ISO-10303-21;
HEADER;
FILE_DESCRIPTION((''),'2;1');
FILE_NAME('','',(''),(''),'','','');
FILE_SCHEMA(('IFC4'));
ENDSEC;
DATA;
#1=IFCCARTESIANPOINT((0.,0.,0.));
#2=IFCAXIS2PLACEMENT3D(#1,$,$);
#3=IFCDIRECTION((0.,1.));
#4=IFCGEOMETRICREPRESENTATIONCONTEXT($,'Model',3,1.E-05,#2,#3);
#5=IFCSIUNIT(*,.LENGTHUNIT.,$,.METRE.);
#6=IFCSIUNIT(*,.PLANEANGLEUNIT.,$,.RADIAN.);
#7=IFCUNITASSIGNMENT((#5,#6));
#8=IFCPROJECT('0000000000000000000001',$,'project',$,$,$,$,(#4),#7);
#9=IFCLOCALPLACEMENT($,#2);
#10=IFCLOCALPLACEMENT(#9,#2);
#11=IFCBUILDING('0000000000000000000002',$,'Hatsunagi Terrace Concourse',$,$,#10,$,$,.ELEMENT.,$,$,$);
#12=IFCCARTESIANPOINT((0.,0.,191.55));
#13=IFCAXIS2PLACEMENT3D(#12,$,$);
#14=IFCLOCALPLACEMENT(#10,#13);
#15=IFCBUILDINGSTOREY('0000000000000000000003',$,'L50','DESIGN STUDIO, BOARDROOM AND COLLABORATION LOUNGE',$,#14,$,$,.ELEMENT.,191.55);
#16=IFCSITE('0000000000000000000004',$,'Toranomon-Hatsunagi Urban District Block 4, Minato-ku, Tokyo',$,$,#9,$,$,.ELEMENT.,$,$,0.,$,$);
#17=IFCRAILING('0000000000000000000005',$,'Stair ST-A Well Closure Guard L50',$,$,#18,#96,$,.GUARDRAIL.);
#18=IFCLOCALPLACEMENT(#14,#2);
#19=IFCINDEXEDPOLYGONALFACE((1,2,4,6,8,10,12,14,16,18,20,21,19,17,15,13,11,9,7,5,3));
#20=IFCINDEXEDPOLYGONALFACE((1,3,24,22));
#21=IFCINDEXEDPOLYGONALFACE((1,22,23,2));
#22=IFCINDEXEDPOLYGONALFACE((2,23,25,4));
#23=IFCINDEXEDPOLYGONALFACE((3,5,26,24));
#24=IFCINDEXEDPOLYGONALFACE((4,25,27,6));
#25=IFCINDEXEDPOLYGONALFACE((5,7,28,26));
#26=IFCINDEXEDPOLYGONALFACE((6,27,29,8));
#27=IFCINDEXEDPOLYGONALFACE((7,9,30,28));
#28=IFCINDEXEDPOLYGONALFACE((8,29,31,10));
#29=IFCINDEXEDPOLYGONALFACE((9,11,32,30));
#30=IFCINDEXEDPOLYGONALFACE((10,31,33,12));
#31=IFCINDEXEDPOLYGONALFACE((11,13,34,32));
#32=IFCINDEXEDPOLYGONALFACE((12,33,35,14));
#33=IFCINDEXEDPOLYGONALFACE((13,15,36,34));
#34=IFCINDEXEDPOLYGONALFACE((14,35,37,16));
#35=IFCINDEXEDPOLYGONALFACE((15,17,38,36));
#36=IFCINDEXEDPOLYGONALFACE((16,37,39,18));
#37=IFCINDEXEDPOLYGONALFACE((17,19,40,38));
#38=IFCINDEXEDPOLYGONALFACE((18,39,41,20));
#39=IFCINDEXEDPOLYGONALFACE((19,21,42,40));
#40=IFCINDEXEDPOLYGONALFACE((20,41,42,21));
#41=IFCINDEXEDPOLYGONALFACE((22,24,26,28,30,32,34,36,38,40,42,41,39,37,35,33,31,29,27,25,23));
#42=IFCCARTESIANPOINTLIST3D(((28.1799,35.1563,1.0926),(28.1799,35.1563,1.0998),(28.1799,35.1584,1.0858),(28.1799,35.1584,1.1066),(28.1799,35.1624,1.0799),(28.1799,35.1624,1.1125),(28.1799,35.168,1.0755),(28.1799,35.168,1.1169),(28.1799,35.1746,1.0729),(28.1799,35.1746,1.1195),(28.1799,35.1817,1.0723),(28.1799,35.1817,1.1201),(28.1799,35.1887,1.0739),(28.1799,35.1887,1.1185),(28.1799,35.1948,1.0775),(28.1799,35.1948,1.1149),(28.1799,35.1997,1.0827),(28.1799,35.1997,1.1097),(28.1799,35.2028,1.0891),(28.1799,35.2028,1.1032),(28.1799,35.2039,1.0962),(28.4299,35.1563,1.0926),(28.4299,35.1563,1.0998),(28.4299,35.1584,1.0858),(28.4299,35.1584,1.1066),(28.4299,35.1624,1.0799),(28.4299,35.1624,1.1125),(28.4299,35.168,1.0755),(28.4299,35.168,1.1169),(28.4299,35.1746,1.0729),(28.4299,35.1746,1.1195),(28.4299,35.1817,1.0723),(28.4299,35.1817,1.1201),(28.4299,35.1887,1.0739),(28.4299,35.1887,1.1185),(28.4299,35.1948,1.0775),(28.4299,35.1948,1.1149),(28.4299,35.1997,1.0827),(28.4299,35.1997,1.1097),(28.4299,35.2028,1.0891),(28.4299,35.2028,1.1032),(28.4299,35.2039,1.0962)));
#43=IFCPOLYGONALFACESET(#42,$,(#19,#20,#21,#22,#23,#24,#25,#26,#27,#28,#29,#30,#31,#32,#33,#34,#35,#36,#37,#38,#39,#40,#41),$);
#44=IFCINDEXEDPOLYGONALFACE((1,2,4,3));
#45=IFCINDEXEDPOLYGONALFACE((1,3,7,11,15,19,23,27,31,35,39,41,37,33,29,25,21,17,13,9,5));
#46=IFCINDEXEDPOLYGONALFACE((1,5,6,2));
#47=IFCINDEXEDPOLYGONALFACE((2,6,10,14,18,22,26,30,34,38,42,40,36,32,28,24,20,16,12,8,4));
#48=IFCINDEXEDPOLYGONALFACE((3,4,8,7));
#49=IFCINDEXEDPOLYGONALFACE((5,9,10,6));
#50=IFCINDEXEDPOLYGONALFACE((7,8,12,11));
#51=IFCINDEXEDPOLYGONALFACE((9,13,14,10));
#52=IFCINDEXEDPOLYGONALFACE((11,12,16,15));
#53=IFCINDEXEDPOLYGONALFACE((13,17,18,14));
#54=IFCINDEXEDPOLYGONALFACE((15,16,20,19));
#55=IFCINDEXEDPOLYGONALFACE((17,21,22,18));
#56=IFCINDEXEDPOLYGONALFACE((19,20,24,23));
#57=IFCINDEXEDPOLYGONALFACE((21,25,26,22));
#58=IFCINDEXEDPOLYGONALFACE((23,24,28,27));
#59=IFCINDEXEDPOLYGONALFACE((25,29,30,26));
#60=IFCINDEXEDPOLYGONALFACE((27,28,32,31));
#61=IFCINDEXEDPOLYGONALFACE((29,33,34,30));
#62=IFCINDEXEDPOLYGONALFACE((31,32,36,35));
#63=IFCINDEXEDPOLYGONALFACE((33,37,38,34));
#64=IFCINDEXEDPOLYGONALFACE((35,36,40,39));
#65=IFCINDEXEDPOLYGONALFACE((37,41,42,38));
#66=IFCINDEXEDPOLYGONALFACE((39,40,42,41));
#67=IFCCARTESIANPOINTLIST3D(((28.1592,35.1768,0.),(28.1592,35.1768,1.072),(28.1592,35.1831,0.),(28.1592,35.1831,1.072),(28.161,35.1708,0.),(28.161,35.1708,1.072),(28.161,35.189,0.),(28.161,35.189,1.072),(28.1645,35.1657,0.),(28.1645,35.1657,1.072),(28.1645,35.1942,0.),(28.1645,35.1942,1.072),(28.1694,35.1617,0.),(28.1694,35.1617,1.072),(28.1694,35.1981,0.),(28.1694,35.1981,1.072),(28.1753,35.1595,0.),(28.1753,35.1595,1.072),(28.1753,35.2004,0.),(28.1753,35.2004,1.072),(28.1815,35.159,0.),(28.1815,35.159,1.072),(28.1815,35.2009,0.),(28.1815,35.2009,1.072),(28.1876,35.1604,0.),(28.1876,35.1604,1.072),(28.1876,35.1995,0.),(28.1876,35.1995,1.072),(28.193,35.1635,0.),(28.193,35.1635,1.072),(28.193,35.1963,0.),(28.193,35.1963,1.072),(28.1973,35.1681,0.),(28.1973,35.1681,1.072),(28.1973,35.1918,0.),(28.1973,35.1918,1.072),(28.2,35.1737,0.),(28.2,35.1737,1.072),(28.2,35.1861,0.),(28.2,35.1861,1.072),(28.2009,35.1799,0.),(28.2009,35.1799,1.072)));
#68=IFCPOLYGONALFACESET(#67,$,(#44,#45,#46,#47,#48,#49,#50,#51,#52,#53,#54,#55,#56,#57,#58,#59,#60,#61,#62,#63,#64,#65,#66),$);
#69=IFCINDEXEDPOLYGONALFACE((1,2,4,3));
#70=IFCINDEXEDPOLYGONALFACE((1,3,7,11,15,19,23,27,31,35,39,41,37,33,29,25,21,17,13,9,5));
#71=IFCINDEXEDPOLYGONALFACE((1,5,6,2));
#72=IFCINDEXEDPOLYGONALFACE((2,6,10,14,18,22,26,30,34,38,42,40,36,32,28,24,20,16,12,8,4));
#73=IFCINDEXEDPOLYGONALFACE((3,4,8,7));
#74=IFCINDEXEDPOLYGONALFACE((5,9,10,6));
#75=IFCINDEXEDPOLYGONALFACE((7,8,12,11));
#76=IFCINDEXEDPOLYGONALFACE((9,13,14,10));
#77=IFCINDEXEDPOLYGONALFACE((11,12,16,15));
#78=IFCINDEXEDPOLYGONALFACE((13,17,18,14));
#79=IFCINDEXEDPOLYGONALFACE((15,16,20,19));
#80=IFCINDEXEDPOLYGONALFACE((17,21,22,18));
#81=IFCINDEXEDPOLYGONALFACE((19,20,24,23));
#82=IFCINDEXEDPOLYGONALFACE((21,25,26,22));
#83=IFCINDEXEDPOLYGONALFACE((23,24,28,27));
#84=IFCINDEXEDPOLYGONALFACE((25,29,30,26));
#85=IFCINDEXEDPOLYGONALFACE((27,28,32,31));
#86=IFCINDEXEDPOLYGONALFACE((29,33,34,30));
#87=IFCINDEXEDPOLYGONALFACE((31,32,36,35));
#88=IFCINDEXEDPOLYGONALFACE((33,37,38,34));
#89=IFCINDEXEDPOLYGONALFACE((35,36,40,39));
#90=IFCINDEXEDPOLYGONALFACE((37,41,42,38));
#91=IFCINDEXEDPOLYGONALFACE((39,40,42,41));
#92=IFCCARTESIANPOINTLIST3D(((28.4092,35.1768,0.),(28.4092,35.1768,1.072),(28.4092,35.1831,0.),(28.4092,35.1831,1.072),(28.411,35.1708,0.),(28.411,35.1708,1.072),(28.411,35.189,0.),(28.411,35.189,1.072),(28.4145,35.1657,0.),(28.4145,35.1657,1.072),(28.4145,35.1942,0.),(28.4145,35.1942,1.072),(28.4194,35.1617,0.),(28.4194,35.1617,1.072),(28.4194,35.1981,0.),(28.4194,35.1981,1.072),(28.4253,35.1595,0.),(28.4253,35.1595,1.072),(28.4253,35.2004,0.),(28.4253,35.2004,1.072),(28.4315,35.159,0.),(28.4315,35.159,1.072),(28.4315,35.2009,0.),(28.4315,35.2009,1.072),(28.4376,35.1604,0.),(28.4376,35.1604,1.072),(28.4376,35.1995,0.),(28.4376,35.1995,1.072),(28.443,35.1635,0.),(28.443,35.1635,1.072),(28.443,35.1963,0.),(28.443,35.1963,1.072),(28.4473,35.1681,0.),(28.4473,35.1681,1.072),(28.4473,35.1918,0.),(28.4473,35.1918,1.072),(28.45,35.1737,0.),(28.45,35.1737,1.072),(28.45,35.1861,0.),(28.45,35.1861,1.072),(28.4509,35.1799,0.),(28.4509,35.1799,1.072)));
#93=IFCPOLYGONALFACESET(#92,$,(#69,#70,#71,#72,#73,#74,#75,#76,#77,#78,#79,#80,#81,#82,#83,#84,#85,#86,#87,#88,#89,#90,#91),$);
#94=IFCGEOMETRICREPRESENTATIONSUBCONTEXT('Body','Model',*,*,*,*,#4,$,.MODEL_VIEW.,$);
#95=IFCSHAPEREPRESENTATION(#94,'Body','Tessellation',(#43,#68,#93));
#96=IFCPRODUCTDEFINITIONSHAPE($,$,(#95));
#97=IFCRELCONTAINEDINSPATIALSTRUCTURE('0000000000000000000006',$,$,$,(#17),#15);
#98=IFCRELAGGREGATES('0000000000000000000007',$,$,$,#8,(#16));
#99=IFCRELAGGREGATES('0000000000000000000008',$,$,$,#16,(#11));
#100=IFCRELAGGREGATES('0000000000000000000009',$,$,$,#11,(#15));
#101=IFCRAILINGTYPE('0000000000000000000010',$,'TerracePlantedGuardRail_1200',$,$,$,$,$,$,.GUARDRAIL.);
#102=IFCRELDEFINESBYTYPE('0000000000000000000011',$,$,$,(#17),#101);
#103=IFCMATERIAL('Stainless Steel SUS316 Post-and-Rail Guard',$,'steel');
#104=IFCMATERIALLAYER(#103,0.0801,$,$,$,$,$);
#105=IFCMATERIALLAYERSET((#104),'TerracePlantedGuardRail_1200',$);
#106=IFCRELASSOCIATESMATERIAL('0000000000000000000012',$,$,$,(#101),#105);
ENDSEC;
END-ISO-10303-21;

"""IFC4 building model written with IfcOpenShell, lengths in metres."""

from ifc_helpers import new_model, si_unit, direction, frame, origin, origin_2d, place, context, subcontext, project, spatial, circle, extrude, material, layer, layer_set, type_object, element, save


model = new_model("IFC4")

# Units and contexts
model_context = context("Model", 3, precision=1e-05, world=origin(), true_north=direction((0.0, 1.0)))
body_context = subcontext(model_context, "Body", "Model", "MODEL_VIEW")
ifc_project = project(units=[si_unit("LENGTHUNIT", "METRE"), si_unit("PLANEANGLEUNIT", "RADIAN")], contexts=[model_context])

# Site, building, storey
site_placement = place(None, origin())
site = spatial("IfcSite", under=ifc_project, at=site_placement, Name="Toranomon-Hatsunagi Urban District Block 4, Minato-ku, Tokyo", CompositionType="ELEMENT", RefElevation=0.0)
building_placement = place(site_placement, origin())
building = spatial("IfcBuilding", under=site, at=building_placement, Name="Hatsunagi Terrace Concourse", CompositionType="ELEMENT")
storey_placement = place(building_placement, frame((0.0, 0.0, 191.55)))
storey = spatial("IfcBuildingStorey", under=building, at=storey_placement, Name="L50", Description="DESIGN STUDIO, BOARDROOM AND COLLABORATION LOUNGE", CompositionType="ELEMENT", Elevation=191.55)

# Railing
ifc_material_1 = material(Name="Stainless Steel SUS316 Post-and-Rail Guard", Category="steel")
ifc_layer_1 = layer(ifc_material_1, 0.0801)
ifc_layer_set_1 = layer_set([ifc_layer_1], Name="TerracePlantedGuardRail_1200")
railing_type_1 = type_object("IfcRailingType", Name="TerracePlantedGuardRail_1200", PredefinedType="GUARDRAIL", material=ifc_layer_set_1)
railing_1_placement = place(storey_placement, frame((28.1799, 35.1799, 0.0)))
element("IfcRailing", 1, at=railing_1_placement, inside=storey, type_object=railing_type_1, Name="Stair ST-A Well Closure Guard L50", PredefinedType="GUARDRAIL", context=body_context, shape_type="SweptSolid", body=[
    extrude(circle(Radius=0.0239, at=origin_2d()), frame((0.0, 0.0, 1.0962), z_axis=(1.0, 0.0, 0.0), x_axis=(0.0, 1.0, 0.0)), (0.0, 0.0, 1.0), 0.25),
    extrude(circle(Radius=0.021, at=origin_2d()), origin(), (0.0, 0.0, 1.0), 1.072),
    extrude(circle(Radius=0.021, at=origin_2d()), frame((0.25, 0.0, 0.0)), (0.0, 0.0, 1.0), 1.072),
])

save(model, "model.ifc")
